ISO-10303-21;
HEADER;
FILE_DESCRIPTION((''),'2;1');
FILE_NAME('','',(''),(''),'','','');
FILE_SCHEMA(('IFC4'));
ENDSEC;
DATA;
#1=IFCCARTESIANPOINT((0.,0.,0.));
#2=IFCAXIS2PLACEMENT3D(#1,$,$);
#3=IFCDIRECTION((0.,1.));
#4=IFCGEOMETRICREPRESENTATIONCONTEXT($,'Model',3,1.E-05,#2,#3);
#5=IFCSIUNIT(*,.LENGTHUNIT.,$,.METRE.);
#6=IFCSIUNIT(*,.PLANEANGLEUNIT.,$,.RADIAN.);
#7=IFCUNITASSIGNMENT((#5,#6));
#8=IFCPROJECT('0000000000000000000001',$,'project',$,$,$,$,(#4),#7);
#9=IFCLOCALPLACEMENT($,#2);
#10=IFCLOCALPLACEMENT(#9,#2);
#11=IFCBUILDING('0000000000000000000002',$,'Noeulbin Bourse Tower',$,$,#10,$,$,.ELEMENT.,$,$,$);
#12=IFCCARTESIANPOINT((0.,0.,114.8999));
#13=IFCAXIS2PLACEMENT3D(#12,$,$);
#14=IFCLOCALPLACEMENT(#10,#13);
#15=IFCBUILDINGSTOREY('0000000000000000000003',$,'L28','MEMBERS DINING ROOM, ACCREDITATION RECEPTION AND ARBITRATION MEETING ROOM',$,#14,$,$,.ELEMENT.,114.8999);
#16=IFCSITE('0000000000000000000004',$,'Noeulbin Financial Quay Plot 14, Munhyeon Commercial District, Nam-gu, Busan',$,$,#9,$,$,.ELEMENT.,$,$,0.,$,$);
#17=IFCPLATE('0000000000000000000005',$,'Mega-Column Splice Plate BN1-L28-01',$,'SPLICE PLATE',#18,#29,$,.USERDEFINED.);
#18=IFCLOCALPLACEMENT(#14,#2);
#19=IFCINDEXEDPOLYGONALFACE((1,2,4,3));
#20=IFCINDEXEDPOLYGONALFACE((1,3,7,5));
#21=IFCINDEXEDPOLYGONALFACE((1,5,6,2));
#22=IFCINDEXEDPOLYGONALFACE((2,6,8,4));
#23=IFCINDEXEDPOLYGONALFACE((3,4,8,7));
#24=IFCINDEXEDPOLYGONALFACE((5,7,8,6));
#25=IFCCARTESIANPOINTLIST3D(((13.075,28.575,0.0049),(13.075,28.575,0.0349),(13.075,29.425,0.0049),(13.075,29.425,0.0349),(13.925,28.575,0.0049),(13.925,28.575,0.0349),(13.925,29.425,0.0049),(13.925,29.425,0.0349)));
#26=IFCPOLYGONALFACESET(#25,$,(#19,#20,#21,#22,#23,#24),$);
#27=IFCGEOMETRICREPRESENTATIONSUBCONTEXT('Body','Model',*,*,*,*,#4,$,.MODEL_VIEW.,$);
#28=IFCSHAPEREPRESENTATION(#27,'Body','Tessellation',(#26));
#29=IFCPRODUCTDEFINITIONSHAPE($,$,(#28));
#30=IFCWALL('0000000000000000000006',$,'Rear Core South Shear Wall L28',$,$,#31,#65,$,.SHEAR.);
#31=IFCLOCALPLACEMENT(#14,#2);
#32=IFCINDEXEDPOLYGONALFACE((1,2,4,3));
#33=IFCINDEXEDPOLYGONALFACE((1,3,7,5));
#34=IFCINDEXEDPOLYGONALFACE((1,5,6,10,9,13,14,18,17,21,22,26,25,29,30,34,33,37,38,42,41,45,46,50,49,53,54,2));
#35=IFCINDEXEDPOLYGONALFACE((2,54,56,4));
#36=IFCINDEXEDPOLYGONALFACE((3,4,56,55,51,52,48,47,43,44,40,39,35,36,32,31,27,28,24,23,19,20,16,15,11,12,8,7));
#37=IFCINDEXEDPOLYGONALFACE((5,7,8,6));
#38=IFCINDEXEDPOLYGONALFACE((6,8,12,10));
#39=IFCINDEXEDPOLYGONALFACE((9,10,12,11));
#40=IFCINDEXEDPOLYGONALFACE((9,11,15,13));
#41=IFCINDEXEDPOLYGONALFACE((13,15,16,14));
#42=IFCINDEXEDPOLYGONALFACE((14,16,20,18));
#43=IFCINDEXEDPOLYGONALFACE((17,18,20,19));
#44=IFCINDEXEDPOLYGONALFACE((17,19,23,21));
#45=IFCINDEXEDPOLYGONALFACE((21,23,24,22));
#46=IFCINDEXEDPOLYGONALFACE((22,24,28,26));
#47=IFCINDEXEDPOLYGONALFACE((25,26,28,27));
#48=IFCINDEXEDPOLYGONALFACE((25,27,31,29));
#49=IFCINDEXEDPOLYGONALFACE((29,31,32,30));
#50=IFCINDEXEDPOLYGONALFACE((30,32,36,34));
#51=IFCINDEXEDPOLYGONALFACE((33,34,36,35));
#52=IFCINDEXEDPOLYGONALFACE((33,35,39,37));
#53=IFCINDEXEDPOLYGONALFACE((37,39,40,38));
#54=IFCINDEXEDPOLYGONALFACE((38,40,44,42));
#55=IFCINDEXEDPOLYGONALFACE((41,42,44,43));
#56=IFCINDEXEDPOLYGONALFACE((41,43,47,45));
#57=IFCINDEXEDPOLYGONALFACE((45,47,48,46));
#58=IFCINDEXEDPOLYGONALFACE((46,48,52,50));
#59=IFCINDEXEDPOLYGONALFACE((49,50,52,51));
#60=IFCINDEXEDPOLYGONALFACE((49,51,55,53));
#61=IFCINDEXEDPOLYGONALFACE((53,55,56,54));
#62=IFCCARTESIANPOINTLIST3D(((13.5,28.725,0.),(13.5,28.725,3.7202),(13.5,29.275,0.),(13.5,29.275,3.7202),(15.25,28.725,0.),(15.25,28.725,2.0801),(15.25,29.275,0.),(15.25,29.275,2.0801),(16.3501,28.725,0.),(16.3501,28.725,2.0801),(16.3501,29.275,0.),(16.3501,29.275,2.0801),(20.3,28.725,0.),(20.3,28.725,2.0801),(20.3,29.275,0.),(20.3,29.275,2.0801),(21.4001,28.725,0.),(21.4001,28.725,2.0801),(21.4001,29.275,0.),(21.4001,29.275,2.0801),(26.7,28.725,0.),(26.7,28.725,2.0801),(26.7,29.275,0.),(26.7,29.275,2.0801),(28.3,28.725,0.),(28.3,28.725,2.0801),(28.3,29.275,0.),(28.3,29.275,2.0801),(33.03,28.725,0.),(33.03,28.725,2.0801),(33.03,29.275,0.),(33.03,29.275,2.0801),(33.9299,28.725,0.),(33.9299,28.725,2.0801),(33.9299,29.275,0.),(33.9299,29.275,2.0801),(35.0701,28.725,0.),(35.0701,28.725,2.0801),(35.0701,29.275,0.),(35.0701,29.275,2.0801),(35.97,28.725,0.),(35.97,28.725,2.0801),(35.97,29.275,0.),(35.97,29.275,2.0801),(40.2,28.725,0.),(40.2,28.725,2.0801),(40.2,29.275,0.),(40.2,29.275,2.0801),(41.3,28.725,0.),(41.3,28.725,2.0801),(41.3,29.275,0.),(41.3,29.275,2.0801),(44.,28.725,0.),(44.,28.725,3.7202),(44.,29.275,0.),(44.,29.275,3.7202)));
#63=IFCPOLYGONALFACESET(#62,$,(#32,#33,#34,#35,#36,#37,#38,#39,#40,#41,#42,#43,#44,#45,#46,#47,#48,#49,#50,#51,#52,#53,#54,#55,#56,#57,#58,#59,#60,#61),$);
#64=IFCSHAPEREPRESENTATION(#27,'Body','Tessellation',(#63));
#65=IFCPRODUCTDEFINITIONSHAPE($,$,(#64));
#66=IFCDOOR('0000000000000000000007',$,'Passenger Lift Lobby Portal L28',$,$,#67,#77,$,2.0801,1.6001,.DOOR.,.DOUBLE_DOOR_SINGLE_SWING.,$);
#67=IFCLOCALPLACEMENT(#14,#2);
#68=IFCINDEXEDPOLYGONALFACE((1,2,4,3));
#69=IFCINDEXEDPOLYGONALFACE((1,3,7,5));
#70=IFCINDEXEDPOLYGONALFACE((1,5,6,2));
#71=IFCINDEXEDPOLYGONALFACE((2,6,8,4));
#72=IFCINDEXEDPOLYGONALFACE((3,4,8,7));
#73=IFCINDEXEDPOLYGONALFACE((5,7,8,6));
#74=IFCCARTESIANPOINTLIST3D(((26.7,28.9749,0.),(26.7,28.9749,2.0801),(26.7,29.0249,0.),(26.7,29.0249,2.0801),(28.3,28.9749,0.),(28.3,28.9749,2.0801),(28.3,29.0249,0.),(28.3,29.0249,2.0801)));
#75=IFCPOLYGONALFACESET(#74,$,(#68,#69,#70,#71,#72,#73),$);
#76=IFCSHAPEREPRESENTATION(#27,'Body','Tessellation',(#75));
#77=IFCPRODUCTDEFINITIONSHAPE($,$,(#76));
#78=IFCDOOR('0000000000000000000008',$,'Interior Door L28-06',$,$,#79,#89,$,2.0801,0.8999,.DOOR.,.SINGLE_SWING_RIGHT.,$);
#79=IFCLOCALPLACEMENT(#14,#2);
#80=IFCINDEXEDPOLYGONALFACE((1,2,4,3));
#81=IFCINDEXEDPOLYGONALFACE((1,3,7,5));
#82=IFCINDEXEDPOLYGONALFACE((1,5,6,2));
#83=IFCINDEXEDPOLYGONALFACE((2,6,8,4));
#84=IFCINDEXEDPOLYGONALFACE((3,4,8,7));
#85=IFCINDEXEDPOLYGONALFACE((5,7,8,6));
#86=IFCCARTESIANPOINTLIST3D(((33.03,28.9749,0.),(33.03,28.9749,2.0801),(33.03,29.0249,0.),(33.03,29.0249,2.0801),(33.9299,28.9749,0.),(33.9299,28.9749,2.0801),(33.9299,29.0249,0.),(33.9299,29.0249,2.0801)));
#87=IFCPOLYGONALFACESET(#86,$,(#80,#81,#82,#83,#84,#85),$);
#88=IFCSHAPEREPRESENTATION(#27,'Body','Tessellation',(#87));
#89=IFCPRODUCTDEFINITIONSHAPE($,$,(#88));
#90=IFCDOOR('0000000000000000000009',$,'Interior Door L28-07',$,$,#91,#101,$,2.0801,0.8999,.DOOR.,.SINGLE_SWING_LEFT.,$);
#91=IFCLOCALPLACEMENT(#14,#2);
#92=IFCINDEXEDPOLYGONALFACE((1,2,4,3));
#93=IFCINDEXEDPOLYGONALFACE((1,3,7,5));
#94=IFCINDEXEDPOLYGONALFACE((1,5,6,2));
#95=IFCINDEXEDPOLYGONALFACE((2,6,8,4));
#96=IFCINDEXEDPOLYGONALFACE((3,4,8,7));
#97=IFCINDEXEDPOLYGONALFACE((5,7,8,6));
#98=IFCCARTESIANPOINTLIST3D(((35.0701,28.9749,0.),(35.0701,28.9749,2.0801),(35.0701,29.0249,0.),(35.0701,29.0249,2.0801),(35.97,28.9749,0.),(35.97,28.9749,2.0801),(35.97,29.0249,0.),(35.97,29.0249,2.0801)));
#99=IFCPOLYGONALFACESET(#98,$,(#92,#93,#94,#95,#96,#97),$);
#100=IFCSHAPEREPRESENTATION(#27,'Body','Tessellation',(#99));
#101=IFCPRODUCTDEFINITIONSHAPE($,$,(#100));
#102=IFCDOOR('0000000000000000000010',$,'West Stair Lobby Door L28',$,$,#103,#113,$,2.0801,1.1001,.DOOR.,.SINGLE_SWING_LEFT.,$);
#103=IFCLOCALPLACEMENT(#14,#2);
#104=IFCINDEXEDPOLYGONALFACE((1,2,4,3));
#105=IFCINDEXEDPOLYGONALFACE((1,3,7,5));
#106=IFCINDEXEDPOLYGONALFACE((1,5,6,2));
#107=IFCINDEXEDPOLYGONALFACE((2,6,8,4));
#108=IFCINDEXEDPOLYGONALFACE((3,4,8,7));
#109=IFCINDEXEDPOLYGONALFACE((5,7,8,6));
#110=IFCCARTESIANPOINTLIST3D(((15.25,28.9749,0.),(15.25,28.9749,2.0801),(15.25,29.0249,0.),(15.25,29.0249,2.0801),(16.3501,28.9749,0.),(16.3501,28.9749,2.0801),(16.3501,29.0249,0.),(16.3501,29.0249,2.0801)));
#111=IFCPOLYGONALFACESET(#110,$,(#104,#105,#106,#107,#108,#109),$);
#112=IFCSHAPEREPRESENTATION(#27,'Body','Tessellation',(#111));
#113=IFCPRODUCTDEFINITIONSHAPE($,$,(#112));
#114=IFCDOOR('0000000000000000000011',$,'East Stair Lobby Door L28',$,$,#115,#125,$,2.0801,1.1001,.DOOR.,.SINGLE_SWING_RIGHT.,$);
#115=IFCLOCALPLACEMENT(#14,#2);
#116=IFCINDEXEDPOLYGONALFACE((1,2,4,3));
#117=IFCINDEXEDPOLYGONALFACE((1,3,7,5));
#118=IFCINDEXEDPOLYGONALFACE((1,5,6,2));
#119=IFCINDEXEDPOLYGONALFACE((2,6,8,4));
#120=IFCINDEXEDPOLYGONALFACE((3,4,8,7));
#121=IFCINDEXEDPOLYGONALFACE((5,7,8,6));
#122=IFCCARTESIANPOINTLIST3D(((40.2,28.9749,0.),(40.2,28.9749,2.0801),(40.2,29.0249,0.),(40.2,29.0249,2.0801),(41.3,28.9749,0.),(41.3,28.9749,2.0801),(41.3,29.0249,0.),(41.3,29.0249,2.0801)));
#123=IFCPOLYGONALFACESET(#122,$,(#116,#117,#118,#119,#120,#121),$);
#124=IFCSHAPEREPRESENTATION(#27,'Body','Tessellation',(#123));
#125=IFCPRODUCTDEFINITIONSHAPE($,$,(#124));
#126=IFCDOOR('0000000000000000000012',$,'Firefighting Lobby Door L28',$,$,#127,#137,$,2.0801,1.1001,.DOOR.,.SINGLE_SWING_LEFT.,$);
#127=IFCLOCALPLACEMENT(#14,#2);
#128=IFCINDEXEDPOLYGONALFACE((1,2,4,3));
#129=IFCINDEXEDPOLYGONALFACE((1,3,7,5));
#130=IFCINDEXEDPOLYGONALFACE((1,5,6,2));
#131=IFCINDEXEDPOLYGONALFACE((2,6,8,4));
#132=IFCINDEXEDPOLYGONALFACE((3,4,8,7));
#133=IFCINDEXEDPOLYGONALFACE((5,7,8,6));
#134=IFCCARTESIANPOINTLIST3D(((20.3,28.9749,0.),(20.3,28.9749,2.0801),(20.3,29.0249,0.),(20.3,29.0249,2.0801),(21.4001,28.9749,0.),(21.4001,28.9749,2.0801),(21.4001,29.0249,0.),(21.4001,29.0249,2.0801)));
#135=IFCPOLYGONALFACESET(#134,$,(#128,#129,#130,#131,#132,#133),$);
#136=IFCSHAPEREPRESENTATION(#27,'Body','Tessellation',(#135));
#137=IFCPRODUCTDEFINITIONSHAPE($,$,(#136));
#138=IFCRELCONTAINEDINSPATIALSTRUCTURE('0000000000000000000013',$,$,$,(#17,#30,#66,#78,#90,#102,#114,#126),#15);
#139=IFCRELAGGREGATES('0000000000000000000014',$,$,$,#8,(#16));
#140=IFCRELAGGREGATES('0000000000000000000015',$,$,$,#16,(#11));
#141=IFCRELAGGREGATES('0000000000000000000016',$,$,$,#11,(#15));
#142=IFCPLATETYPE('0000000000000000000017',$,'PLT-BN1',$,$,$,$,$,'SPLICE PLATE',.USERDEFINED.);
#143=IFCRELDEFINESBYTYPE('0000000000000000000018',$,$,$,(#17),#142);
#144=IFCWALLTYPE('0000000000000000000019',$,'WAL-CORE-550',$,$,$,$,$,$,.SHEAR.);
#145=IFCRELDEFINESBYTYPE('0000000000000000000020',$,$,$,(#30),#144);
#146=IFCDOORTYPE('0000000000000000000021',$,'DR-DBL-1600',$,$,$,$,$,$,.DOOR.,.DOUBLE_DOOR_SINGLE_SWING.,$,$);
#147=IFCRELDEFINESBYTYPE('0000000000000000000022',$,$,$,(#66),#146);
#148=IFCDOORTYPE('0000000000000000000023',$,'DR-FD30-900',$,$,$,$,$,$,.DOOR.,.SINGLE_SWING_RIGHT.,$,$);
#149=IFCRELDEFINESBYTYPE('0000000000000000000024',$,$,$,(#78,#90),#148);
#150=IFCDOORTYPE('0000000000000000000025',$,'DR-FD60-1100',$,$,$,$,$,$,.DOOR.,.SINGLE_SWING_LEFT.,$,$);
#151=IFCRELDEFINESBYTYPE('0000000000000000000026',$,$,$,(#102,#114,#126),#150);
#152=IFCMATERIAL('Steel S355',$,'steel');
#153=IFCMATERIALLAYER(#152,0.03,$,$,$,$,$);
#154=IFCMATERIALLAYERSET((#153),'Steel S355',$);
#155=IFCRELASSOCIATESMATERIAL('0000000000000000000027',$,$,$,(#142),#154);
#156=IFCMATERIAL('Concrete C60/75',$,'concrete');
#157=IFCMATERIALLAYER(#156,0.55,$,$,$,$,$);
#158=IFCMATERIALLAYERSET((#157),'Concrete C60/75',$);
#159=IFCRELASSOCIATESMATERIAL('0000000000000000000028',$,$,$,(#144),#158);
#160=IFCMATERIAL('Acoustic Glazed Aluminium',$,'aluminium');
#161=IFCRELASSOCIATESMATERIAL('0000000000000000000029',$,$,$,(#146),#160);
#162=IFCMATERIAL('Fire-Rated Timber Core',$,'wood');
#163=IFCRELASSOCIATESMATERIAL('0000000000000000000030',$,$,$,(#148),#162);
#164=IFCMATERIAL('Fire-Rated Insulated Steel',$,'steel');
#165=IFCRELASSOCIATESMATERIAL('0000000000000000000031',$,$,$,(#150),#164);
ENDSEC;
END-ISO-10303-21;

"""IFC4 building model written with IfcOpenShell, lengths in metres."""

from ifc_helpers import new_model, si_unit, direction, frame, frame_2d, origin, origin_2d, place, context, subcontext, project, spatial, rectangle, extrude, material, layer, layer_set, type_object, element, fill, save


model = new_model("IFC4")

# Units and contexts
model_context = context("Model", 3, precision=1e-05, world=origin(), true_north=direction((0.0, 1.0)))
body_context = subcontext(model_context, "Body", "Model", "MODEL_VIEW")
ifc_project = project(units=[si_unit("LENGTHUNIT", "METRE"), si_unit("PLANEANGLEUNIT", "RADIAN")], contexts=[model_context])

# Site, building, storey
site_placement = place(None, origin())
site = spatial("IfcSite", under=ifc_project, at=site_placement, Name="Noeulbin Financial Quay Plot 14, Munhyeon Commercial District, Nam-gu, Busan", CompositionType="ELEMENT", RefElevation=0.0)
building_placement = place(site_placement, origin())
building = spatial("IfcBuilding", under=site, at=building_placement, Name="Noeulbin Bourse Tower", CompositionType="ELEMENT")
storey_placement = place(building_placement, frame((0.0, 0.0, 114.8999)))
storey = spatial("IfcBuildingStorey", under=building, at=storey_placement, Name="L28", Description="MEMBERS DINING ROOM, ACCREDITATION RECEPTION AND ARBITRATION MEETING ROOM", CompositionType="ELEMENT", Elevation=114.8999)

# Shared definitions
ifc_material_1 = material(Name="Steel S355", Category="steel")

# Plate
ifc_layer_1 = layer(ifc_material_1, 0.03)
ifc_layer_set_1 = layer_set([ifc_layer_1], Name="Steel S355")
plate_type = type_object("IfcPlateType", Name="PLT-BN1", ElementType="SPLICE PLATE", PredefinedType="USERDEFINED", material=ifc_layer_set_1)
plate_placement = place(storey_placement, frame((13.5, 29.0, 0.0049), z_axis=(0.0, 0.0, 1.0), x_axis=(1.0, 0.0, 0.0)))
element("IfcPlate", 1, at=plate_placement, inside=storey, type_object=plate_type, Name="Mega-Column Splice Plate BN1-L28-01", ObjectType="SPLICE PLATE", PredefinedType="USERDEFINED", context=body_context, shape_type="SweptSolid", body=[
    extrude(rectangle(XDim=0.8501, YDim=0.8501, at=origin_2d()), origin(), (0.0, 0.0, 1.0), 0.03),
])

# Wall, openings, doors
ifc_material_2 = material(Name="Concrete C60/75", Category="concrete")
ifc_layer_2 = layer(ifc_material_2, 0.55)
ifc_layer_set_2 = layer_set([ifc_layer_2], Name="Concrete C60/75")
wall_type_1 = type_object("IfcWallType", Name="WAL-CORE-550", PredefinedType="SHEAR", material=ifc_layer_set_2)
wall_1_placement = place(storey_placement, frame((13.5, 29.0, 0.0), z_axis=(0.0, 0.0, 1.0), x_axis=(1.0, 0.0, 0.0)))
wall_1 = element("IfcWall", 2, at=wall_1_placement, inside=storey, type_object=wall_type_1, Name="Rear Core South Shear Wall L28", PredefinedType="SHEAR", context=body_context, shape_type="SweptSolid", body=[
    extrude(rectangle(XDim=30.5, YDim=0.55, at=frame_2d((15.25, 0.0))), origin(), (0.0, 0.0, 1.0), 3.7202),
])
opening_1_placement = place(wall_1_placement, frame((1.75, 0.0, 0.0)))
opening_1 = element("IfcOpeningElement", 3, at=opening_1_placement, cuts=wall_1, PredefinedType="OPENING", context=body_context, shape_type="SweptSolid", body=[
    extrude(rectangle(XDim=1.1001, YDim=2.0801, at=frame_2d((0.55, 1.04))), frame((0.0, 0.2849, 0.0), z_axis=(0.0, -1.0, 0.0), x_axis=(1.0, 0.0, 0.0)), (0.0, 0.0, 1.0), 0.5701),
])
opening_2_placement = place(wall_1_placement, frame((26.7, 0.0, 0.0)))
opening_2 = element("IfcOpeningElement", 4, at=opening_2_placement, cuts=wall_1, PredefinedType="OPENING", context=body_context, shape_type="SweptSolid", body=[
    extrude(rectangle(XDim=1.1001, YDim=2.0801, at=frame_2d((0.55, 1.04))), frame((0.0, 0.2849, 0.0), z_axis=(0.0, -1.0, 0.0), x_axis=(1.0, 0.0, 0.0)), (0.0, 0.0, 1.0), 0.5701),
])
opening_3_placement = place(wall_1_placement, frame((6.8, 0.0, 0.0)))
opening_3 = element("IfcOpeningElement", 5, at=opening_3_placement, cuts=wall_1, PredefinedType="OPENING", context=body_context, shape_type="SweptSolid", body=[
    extrude(rectangle(XDim=1.1001, YDim=2.0801, at=frame_2d((0.55, 1.04))), frame((0.0, 0.2849, 0.0), z_axis=(0.0, -1.0, 0.0), x_axis=(1.0, 0.0, 0.0)), (0.0, 0.0, 1.0), 0.5701),
])
opening_4_placement = place(wall_1_placement, frame((13.2, 0.0, 0.0)))
opening_4 = element("IfcOpeningElement", 6, at=opening_4_placement, cuts=wall_1, PredefinedType="OPENING", context=body_context, shape_type="SweptSolid", body=[
    extrude(rectangle(XDim=1.6001, YDim=2.0801, at=frame_2d((0.8, 1.04))), frame((0.0, 0.2849, 0.0), z_axis=(0.0, -1.0, 0.0), x_axis=(1.0, 0.0, 0.0)), (0.0, 0.0, 1.0), 0.5701),
])
opening_5_placement = place(wall_1_placement, frame((19.53, 0.0, 0.0)))
opening_5 = element("IfcOpeningElement", 7, at=opening_5_placement, cuts=wall_1, PredefinedType="OPENING", context=body_context, shape_type="SweptSolid", body=[
    extrude(rectangle(XDim=0.8999, YDim=2.0801, at=frame_2d((0.45, 1.04))), frame((0.0, 0.2849, 0.0), z_axis=(0.0, -1.0, 0.0), x_axis=(1.0, 0.0, 0.0)), (0.0, 0.0, 1.0), 0.5701),
])
opening_6_placement = place(wall_1_placement, frame((21.5701, 0.0, 0.0)))
opening_6 = element("IfcOpeningElement", 8, at=opening_6_placement, cuts=wall_1, PredefinedType="OPENING", context=body_context, shape_type="SweptSolid", body=[
    extrude(rectangle(XDim=0.8999, YDim=2.0801, at=frame_2d((0.45, 1.04))), frame((0.0, 0.2849, 0.0), z_axis=(0.0, -1.0, 0.0), x_axis=(1.0, 0.0, 0.0)), (0.0, 0.0, 1.0), 0.5701),
])
ifc_material_3 = material(Name="Acoustic Glazed Aluminium", Category="aluminium")
door_type_1 = type_object("IfcDoorType", Name="DR-DBL-1600", OperationType="DOUBLE_DOOR_SINGLE_SWING", PredefinedType="DOOR", material=ifc_material_3)
door_1_placement = place(opening_4_placement, origin())
door_1 = element("IfcDoor", 9, at=door_1_placement, inside=storey, type_object=door_type_1, Name="Passenger Lift Lobby Portal L28", OperationType="DOUBLE_DOOR_SINGLE_SWING", OverallHeight=2.0801, OverallWidth=1.6001, PredefinedType="DOOR", context=body_context, shape_type="SweptSolid", body=[
    extrude(rectangle(XDim=1.6001, YDim=2.0801, at=frame_2d((0.8, 1.04))), frame((0.0, 0.0249, 0.0), z_axis=(0.0, -1.0, 0.0), x_axis=(1.0, 0.0, 0.0)), (0.0, 0.0, 1.0), 0.05),
])
fill(opening_4, door_1)
ifc_material_4 = material(Name="Fire-Rated Timber Core", Category="wood")
door_type_2 = type_object("IfcDoorType", Name="DR-FD30-900", OperationType="SINGLE_SWING_RIGHT", PredefinedType="DOOR", material=ifc_material_4)
door_2_placement = place(opening_5_placement, origin())
door_2 = element("IfcDoor", 10, at=door_2_placement, inside=storey, type_object=door_type_2, Name="Interior Door L28-06", OperationType="SINGLE_SWING_RIGHT", OverallHeight=2.0801, OverallWidth=0.8999, PredefinedType="DOOR", context=body_context, shape_type="SweptSolid", body=[
    extrude(rectangle(XDim=0.8999, YDim=2.0801, at=frame_2d((0.45, 1.04))), frame((0.0, 0.0249, 0.0), z_axis=(0.0, -1.0, 0.0), x_axis=(1.0, 0.0, 0.0)), (0.0, 0.0, 1.0), 0.05),
])
fill(opening_5, door_2)
door_3_placement = place(opening_6_placement, origin())
door_3 = element("IfcDoor", 11, at=door_3_placement, inside=storey, type_object=door_type_2, Name="Interior Door L28-07", OperationType="SINGLE_SWING_LEFT", OverallHeight=2.0801, OverallWidth=0.8999, PredefinedType="DOOR", context=body_context, shape_type="SweptSolid", body=[
    extrude(rectangle(XDim=0.8999, YDim=2.0801, at=frame_2d((0.45, 1.04))), frame((0.0, 0.0249, 0.0), z_axis=(0.0, -1.0, 0.0), x_axis=(1.0, 0.0, 0.0)), (0.0, 0.0, 1.0), 0.05),
])
fill(opening_6, door_3)
ifc_material_5 = material(Name="Fire-Rated Insulated Steel", Category="steel")
door_type_3 = type_object("IfcDoorType", Name="DR-FD60-1100", OperationType="SINGLE_SWING_LEFT", PredefinedType="DOOR", material=ifc_material_5)
door_4_placement = place(opening_1_placement, origin())
door_4 = element("IfcDoor", 12, at=door_4_placement, inside=storey, type_object=door_type_3, Name="West Stair Lobby Door L28", OperationType="SINGLE_SWING_LEFT", OverallHeight=2.0801, OverallWidth=1.1001, PredefinedType="DOOR", context=body_context, shape_type="SweptSolid", body=[
    extrude(rectangle(XDim=1.1001, YDim=2.0801, at=frame_2d((0.55, 1.04))), frame((0.0, 0.0249, 0.0), z_axis=(0.0, -1.0, 0.0), x_axis=(1.0, 0.0, 0.0)), (0.0, 0.0, 1.0), 0.05),
])
fill(opening_1, door_4)
door_5_placement = place(opening_2_placement, origin())
door_5 = element("IfcDoor", 13, at=door_5_placement, inside=storey, type_object=door_type_3, Name="East Stair Lobby Door L28", OperationType="SINGLE_SWING_RIGHT", OverallHeight=2.0801, OverallWidth=1.1001, PredefinedType="DOOR", context=body_context, shape_type="SweptSolid", body=[
    extrude(rectangle(XDim=1.1001, YDim=2.0801, at=frame_2d((0.55, 1.04))), frame((0.0, 0.0249, 0.0), z_axis=(0.0, -1.0, 0.0), x_axis=(1.0, 0.0, 0.0)), (0.0, 0.0, 1.0), 0.05),
])
fill(opening_2, door_5)
door_6_placement = place(opening_3_placement, origin())
door_6 = element("IfcDoor", 14, at=door_6_placement, inside=storey, type_object=door_type_3, Name="Firefighting Lobby Door L28", OperationType="SINGLE_SWING_LEFT", OverallHeight=2.0801, OverallWidth=1.1001, PredefinedType="DOOR", context=body_context, shape_type="SweptSolid", body=[
    extrude(rectangle(XDim=1.1001, YDim=2.0801, at=frame_2d((0.55, 1.04))), frame((0.0, 0.0249, 0.0), z_axis=(0.0, -1.0, 0.0), x_axis=(1.0, 0.0, 0.0)), (0.0, 0.0, 1.0), 0.05),
])
fill(opening_3, door_6)

save(model, "model.ifc")
